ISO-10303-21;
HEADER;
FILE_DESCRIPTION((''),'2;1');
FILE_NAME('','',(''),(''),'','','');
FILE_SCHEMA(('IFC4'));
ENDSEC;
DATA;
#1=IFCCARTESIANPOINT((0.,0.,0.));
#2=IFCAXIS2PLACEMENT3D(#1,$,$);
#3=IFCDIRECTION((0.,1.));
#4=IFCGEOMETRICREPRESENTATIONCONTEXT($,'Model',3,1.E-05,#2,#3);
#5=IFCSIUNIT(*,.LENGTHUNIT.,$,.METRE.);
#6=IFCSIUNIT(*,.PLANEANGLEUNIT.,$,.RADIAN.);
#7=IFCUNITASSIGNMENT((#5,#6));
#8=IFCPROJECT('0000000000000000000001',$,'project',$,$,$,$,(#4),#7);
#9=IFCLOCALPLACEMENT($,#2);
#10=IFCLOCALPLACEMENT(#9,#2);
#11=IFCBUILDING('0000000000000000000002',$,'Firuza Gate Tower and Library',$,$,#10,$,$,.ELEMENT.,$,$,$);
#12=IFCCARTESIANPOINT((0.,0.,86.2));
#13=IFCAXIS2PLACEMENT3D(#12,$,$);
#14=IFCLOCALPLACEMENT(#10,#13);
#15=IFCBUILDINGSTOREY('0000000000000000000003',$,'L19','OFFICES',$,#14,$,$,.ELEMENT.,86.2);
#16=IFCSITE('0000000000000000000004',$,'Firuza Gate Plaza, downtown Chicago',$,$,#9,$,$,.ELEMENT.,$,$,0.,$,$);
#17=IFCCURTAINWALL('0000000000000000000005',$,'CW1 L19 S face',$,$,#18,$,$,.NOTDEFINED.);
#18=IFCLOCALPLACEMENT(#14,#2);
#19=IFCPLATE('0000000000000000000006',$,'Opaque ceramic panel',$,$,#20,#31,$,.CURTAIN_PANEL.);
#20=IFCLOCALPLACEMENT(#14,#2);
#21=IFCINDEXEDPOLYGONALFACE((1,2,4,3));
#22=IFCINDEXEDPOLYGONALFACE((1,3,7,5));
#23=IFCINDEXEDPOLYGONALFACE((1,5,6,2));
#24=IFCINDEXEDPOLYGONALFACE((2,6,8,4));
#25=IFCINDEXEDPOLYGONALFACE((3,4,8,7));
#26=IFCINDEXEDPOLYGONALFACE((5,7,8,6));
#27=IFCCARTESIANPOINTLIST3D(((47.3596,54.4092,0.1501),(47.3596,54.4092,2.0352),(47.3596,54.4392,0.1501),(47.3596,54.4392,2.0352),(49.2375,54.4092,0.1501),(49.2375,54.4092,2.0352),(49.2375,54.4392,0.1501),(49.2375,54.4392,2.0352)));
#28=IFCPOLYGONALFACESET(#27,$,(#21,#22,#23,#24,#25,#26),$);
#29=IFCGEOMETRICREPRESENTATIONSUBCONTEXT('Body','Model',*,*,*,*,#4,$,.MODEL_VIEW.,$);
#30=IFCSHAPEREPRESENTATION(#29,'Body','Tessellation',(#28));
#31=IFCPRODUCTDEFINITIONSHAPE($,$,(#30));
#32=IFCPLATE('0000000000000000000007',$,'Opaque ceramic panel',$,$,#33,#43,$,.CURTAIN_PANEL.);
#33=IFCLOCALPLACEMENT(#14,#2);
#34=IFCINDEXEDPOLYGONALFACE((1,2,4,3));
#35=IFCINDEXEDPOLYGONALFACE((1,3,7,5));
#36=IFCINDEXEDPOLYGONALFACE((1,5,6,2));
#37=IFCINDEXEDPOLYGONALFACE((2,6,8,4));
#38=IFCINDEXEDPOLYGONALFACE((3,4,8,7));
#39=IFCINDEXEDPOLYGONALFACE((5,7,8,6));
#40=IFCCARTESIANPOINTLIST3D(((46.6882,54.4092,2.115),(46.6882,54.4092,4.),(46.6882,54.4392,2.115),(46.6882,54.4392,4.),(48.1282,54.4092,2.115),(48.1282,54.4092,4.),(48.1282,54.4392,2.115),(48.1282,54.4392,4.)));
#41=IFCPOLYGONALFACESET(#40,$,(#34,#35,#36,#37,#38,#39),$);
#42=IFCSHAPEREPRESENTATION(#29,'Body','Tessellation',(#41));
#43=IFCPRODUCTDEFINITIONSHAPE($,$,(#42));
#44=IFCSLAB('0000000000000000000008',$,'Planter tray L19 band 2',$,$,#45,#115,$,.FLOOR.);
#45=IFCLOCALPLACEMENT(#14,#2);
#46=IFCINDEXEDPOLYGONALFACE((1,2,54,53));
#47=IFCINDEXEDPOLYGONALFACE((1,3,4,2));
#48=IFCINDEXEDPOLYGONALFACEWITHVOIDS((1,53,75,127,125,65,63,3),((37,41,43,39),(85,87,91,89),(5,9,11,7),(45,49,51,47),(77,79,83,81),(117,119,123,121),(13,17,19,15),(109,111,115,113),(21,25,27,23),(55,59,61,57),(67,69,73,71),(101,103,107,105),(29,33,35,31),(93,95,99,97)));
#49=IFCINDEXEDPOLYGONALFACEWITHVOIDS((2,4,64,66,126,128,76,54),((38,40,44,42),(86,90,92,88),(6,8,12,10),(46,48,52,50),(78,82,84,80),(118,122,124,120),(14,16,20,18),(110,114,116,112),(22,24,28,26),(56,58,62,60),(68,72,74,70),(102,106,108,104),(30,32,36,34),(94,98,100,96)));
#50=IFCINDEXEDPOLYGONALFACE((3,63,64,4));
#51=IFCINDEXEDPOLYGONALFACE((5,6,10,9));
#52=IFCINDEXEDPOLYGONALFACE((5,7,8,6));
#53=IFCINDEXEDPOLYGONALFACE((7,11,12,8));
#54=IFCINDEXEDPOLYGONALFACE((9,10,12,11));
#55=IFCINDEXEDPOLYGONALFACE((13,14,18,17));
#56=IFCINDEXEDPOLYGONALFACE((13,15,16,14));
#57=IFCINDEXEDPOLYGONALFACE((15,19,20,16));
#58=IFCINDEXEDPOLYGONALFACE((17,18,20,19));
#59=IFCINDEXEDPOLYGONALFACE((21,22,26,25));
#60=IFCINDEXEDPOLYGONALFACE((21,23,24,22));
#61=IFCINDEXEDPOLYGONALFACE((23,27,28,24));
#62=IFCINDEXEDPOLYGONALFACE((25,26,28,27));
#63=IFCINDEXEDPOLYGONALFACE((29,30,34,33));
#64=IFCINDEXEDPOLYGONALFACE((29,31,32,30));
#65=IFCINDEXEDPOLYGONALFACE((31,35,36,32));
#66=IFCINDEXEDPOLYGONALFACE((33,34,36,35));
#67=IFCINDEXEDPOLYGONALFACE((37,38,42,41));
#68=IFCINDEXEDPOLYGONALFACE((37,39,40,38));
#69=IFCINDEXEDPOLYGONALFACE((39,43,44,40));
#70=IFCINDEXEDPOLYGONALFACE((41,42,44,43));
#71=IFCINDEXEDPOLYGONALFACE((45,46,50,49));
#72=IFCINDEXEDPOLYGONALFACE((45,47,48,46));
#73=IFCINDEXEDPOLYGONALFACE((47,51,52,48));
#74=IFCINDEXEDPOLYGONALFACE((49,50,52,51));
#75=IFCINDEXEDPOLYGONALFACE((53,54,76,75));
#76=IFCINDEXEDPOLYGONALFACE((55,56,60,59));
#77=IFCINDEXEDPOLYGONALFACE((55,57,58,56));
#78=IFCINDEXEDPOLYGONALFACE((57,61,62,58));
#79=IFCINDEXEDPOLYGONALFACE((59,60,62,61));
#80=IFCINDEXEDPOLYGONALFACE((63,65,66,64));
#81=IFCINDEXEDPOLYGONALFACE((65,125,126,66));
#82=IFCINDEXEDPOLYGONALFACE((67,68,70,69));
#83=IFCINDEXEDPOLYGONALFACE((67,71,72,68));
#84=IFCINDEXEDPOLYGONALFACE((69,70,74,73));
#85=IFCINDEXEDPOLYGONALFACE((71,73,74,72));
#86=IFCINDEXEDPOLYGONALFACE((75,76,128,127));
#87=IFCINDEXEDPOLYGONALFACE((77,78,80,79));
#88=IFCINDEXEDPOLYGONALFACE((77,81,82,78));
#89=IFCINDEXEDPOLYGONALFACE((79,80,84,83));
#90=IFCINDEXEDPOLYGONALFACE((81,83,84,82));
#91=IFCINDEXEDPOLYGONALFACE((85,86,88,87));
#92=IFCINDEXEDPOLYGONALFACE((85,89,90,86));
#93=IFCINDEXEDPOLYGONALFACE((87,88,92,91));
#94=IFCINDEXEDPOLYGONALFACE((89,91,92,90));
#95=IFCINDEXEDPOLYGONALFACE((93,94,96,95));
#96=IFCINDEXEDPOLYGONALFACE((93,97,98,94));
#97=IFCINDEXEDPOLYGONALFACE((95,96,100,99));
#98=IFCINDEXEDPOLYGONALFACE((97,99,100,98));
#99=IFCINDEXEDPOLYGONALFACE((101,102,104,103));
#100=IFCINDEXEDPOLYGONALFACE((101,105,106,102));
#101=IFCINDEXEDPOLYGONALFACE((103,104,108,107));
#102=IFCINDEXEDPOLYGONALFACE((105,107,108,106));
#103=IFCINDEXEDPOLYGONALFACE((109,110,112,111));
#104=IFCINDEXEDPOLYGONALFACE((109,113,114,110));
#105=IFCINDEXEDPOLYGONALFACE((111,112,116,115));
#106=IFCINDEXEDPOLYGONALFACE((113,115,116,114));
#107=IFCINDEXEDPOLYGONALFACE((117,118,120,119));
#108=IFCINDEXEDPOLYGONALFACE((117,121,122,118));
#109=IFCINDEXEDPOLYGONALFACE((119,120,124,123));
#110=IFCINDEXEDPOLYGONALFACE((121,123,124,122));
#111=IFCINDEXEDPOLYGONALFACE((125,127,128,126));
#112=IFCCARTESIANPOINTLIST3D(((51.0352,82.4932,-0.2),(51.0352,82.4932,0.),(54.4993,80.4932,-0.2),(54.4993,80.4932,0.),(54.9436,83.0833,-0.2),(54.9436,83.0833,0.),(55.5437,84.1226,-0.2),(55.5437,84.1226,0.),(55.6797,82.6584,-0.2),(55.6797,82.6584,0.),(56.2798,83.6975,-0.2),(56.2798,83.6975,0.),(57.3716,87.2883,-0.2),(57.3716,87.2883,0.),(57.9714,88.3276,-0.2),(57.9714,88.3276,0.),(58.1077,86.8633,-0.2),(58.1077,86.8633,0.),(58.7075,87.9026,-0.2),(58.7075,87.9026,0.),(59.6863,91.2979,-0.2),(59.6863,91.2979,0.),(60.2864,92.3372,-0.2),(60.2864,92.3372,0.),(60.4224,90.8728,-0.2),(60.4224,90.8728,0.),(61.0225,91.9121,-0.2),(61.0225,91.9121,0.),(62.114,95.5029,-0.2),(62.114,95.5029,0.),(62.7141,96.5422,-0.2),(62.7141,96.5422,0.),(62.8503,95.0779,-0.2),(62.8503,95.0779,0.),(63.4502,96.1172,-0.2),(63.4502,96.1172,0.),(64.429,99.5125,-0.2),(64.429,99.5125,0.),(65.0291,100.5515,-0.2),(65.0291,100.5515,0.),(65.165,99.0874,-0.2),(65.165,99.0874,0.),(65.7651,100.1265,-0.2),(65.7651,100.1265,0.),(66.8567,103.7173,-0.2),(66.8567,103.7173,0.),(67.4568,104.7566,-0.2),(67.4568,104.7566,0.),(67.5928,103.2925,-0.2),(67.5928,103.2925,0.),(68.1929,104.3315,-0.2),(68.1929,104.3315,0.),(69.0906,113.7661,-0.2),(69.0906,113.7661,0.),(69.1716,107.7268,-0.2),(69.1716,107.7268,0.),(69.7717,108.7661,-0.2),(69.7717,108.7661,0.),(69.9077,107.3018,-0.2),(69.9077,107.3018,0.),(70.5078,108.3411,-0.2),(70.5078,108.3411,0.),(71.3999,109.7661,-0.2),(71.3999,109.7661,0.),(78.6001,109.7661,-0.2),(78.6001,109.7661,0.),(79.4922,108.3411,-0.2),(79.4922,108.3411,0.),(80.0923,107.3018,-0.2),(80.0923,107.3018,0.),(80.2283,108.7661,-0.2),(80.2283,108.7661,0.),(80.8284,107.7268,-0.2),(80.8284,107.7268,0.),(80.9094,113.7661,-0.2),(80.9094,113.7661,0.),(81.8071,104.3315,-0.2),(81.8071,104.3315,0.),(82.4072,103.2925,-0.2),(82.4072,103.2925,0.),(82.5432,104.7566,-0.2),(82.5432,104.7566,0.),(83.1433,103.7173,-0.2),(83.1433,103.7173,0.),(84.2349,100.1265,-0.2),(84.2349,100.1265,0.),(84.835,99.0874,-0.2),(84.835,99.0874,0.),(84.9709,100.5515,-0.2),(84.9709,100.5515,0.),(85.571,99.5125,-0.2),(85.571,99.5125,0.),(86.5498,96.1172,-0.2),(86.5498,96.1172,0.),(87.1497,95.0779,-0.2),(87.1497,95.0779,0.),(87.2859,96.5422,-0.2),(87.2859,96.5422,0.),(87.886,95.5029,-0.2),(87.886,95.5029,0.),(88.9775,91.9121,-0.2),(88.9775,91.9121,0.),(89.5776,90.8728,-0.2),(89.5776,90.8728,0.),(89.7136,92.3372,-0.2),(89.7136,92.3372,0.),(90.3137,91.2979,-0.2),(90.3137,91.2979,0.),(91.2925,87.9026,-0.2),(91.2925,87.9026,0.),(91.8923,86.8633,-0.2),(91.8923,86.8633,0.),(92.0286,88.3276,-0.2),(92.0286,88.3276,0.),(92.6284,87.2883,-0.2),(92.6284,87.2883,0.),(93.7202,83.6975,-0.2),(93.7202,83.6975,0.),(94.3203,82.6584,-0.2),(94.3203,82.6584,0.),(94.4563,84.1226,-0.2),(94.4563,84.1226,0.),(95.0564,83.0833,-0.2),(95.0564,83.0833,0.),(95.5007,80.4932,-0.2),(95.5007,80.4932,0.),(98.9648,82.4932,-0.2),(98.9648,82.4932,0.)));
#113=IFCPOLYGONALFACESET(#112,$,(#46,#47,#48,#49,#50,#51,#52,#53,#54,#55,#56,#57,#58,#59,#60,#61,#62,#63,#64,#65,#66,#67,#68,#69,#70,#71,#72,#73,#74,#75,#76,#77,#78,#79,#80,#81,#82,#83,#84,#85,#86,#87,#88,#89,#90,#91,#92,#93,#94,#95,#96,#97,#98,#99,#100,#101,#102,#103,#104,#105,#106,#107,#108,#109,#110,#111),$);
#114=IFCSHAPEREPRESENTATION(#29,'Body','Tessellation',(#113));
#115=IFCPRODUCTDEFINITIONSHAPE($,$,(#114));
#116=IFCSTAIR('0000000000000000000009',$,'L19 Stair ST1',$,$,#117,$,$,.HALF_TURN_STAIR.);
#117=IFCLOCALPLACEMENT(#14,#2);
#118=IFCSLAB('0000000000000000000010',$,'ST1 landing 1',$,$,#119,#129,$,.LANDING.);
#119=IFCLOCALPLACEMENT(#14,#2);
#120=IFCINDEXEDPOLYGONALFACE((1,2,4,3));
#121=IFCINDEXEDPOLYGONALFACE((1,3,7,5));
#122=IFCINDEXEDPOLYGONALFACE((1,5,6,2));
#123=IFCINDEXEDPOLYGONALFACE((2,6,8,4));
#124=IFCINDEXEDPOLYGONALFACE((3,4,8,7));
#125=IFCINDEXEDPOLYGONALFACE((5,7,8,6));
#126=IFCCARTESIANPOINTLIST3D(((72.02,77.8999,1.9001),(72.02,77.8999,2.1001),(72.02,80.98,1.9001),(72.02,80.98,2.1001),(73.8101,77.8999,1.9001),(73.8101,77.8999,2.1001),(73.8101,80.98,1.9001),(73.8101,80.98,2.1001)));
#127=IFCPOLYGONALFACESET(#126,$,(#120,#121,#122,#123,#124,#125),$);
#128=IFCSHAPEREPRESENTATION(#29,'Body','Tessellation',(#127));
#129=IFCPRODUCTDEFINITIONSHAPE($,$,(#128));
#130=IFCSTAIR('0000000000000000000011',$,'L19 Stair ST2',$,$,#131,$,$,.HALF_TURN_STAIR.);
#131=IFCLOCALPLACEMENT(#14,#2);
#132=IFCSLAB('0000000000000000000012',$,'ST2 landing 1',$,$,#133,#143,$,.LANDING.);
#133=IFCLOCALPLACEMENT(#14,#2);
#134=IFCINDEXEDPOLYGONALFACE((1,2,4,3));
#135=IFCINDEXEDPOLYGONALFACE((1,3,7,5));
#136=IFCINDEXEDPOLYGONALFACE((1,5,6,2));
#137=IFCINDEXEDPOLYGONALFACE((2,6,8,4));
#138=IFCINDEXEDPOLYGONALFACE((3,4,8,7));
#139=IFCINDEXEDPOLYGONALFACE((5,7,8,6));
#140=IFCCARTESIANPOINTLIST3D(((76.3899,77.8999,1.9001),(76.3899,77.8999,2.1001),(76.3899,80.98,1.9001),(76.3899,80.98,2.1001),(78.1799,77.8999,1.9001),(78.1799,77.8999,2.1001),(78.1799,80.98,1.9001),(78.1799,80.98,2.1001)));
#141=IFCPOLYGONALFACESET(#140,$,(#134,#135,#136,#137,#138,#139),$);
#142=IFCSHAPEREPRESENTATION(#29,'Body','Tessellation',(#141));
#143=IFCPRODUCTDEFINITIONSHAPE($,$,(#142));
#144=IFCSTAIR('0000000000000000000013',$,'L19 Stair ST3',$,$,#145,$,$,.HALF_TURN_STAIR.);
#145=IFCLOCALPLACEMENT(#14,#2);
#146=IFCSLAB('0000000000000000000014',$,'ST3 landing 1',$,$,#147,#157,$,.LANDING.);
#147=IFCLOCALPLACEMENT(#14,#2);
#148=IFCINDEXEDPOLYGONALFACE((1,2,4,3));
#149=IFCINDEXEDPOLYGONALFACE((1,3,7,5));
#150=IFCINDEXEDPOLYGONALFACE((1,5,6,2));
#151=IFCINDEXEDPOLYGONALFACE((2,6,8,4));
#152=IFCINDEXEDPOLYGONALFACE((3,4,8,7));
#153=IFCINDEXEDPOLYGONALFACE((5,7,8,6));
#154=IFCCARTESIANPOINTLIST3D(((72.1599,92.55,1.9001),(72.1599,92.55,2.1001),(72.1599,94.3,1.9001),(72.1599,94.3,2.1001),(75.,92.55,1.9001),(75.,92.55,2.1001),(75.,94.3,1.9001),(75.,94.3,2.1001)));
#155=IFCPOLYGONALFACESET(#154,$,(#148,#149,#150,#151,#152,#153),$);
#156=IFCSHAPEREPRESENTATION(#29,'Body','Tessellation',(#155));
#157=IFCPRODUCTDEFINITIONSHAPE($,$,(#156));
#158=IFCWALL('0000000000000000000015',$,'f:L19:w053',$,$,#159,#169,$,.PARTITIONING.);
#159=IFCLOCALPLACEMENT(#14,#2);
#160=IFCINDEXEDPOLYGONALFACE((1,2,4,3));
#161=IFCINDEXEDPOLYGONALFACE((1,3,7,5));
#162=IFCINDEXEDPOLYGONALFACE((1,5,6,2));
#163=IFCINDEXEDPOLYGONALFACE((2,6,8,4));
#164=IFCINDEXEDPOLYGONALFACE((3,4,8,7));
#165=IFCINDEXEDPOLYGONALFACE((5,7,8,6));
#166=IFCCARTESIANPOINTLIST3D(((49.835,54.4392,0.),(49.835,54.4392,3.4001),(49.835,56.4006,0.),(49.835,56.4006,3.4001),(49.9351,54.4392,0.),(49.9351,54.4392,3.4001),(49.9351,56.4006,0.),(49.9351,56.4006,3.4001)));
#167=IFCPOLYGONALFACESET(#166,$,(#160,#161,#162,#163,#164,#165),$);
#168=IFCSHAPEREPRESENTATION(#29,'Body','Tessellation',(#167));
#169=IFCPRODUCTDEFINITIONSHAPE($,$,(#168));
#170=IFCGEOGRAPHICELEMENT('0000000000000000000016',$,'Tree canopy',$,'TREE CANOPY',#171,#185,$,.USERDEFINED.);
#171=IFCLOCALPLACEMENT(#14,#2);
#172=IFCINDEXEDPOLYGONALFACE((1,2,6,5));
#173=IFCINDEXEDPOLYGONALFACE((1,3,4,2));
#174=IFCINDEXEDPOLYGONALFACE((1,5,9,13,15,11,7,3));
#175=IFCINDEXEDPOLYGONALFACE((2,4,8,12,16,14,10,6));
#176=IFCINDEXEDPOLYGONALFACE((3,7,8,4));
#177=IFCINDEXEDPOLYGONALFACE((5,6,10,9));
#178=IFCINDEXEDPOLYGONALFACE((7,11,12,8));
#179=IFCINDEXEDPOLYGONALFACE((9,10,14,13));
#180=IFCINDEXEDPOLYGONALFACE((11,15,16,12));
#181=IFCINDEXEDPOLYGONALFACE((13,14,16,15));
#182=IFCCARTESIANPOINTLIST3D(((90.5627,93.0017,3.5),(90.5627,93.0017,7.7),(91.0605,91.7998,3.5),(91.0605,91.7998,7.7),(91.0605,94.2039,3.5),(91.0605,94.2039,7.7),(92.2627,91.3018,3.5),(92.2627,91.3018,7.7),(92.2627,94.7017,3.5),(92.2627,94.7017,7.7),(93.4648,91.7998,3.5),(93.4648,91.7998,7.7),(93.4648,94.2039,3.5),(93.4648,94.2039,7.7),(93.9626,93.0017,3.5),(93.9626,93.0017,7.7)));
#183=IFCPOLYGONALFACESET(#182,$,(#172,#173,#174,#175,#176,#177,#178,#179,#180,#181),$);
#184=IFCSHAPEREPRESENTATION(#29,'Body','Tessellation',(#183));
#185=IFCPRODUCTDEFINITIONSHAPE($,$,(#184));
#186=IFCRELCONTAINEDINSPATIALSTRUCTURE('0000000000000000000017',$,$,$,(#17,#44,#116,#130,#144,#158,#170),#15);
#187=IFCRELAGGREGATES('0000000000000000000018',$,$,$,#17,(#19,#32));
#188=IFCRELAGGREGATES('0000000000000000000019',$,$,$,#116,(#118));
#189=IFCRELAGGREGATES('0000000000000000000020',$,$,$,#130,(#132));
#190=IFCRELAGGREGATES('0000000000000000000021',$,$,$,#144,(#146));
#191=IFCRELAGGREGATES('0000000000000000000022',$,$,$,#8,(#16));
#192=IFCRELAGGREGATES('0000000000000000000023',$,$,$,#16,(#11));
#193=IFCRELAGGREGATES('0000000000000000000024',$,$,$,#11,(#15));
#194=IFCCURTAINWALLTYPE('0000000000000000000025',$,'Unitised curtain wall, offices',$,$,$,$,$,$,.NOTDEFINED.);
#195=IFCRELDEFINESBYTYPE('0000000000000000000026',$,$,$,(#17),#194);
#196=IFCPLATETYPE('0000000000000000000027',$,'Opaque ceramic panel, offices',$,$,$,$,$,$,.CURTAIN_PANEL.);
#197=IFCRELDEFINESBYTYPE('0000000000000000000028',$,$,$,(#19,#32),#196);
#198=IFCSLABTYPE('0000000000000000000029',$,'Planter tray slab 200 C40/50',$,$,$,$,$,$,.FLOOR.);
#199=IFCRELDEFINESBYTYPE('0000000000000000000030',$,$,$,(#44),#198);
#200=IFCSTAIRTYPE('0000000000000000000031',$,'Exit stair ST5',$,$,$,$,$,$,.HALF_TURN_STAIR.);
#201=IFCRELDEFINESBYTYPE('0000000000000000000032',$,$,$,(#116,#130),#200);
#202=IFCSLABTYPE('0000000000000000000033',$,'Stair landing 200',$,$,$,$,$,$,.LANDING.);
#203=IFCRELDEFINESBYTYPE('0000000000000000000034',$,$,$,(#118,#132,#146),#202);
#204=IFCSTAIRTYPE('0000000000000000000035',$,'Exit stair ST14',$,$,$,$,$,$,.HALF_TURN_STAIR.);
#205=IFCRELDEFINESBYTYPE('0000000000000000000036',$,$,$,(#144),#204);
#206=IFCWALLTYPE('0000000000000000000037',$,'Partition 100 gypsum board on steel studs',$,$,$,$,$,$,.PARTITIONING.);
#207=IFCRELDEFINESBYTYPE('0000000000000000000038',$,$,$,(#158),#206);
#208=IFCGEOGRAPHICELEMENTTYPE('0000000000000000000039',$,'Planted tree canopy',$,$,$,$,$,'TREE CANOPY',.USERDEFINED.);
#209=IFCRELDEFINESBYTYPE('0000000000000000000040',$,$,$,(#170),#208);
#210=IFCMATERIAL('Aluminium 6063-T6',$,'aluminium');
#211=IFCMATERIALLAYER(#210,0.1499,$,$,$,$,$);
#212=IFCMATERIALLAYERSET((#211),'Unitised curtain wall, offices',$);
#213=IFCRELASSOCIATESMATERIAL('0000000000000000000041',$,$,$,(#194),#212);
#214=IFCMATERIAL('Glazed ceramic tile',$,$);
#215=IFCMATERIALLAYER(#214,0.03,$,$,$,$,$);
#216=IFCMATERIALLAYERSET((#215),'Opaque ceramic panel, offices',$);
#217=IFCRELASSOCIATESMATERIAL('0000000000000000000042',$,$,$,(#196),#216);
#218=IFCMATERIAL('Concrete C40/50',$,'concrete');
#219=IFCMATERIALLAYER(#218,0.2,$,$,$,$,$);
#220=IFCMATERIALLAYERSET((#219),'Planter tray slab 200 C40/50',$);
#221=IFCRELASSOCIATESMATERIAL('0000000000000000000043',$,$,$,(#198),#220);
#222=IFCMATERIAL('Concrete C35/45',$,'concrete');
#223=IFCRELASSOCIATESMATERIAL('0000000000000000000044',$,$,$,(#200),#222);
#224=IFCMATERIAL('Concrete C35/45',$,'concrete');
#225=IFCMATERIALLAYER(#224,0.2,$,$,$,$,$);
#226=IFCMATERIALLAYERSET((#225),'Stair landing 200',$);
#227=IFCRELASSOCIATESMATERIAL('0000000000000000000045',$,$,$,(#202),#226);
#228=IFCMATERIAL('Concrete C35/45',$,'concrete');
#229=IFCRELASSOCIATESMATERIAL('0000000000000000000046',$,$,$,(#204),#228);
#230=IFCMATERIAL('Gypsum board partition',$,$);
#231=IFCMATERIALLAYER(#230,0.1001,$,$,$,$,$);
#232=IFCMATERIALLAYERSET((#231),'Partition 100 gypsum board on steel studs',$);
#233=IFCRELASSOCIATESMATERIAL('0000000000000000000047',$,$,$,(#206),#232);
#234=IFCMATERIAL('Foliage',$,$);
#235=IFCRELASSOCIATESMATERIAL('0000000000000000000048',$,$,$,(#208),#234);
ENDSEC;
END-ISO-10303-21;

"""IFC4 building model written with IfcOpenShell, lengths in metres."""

from ifc_helpers import new_model, si_unit, direction, frame, frame_2d, origin, place, context, subcontext, project, spatial, polyline, rectangle, outline, extrude, material, layer, layer_set, type_object, element, aggregate, save


model = new_model("IFC4")

# Units and contexts
model_context = context("Model", 3, precision=1e-05, world=origin(), true_north=direction((0.0, 1.0)))
body_context = subcontext(model_context, "Body", "Model", "MODEL_VIEW")
ifc_project = project(units=[si_unit("LENGTHUNIT", "METRE"), si_unit("PLANEANGLEUNIT", "RADIAN")], contexts=[model_context])

# Site, building, storey
site_placement = place(None, origin())
site = spatial("IfcSite", under=ifc_project, at=site_placement, Name="Firuza Gate Plaza, downtown Chicago", CompositionType="ELEMENT", RefElevation=0.0)
building_placement = place(site_placement, origin())
building = spatial("IfcBuilding", under=site, at=building_placement, Name="Firuza Gate Tower and Library", CompositionType="ELEMENT")
storey_placement = place(building_placement, frame((0.0, 0.0, 86.2)))
storey = spatial("IfcBuildingStorey", under=building, at=storey_placement, Name="L19", Description="OFFICES", CompositionType="ELEMENT", Elevation=86.2)

# Curtain wall
ifc_material_1 = material(Name="Aluminium 6063-T6", Category="aluminium")
ifc_layer_1 = layer(ifc_material_1, 0.1499)
ifc_layer_set_1 = layer_set([ifc_layer_1], Name="Unitised curtain wall, offices")
curtain_wall_type_1 = type_object("IfcCurtainWallType", Name="Unitised curtain wall, offices", PredefinedType="NOTDEFINED", material=ifc_layer_set_1)
placement_1 = place(storey_placement, origin())
curtain_wall_1 = element("IfcCurtainWall", 1, at=placement_1, inside=storey, type_object=curtain_wall_type_1, Name="CW1 L19 S face", PredefinedType="NOTDEFINED")

# Shared definitions
placement_2 = place(storey_placement, frame((0.0, 0.0, -0.2)))

# Plates
ifc_material_2 = material(Name="Glazed ceramic tile")
ifc_layer_2 = layer(ifc_material_2, 0.03)
ifc_layer_set_2 = layer_set([ifc_layer_2], Name="Opaque ceramic panel, offices")
plate_type_1 = type_object("IfcPlateType", Name="Opaque ceramic panel, offices", PredefinedType="CURTAIN_PANEL", material=ifc_layer_set_2)
plate_1_placement = place(storey_placement, frame((47.3596, 54.4092, 0.1501), z_axis=(0.0, -1.0, 0.0), x_axis=(1.0, 0.0, 0.0)))
plate_1 = element("IfcPlate", 2, at=plate_1_placement, type_object=plate_type_1, Name="Opaque ceramic panel", PredefinedType="CURTAIN_PANEL", context=body_context, shape_type="SweptSolid", body=[
    extrude(outline(polyline([(0.0, 0.0), (1.8779, 0.0), (1.8779, 1.885), (0.0, 1.885), (0.0, 0.0)])), origin(), (0.0, 0.0, -1.0), 0.03),
])
plate_2_placement = place(storey_placement, frame((46.6882, 54.4092, 2.115), z_axis=(0.0, -1.0, 0.0), x_axis=(1.0, 0.0, 0.0)))
plate_2 = element("IfcPlate", 3, at=plate_2_placement, type_object=plate_type_1, Name="Opaque ceramic panel", PredefinedType="CURTAIN_PANEL", context=body_context, shape_type="SweptSolid", body=[
    extrude(outline(polyline([(0.0, 0.0), (1.4399, 0.0), (1.4399, 1.885), (0.0, 1.885), (0.0, 0.0)])), origin(), (0.0, 0.0, -1.0), 0.03),
])
aggregate(curtain_wall_1, [plate_1, plate_2])

# Slab
ifc_material_3 = material(Name="Concrete C40/50", Category="concrete")
ifc_layer_3 = layer(ifc_material_3, 0.2)
ifc_layer_set_3 = layer_set([ifc_layer_3], Name="Planter tray slab 200 C40/50")
slab_type_1 = type_object("IfcSlabType", Name="Planter tray slab 200 C40/50", PredefinedType="FLOOR", material=ifc_layer_set_3)
element("IfcSlab", 4, at=placement_2, inside=storey, type_object=slab_type_1, Name="Planter tray L19 band 2", PredefinedType="FLOOR", context=body_context, shape_type="SweptSolid", body=[
    extrude(outline(polyline([(95.5007, 80.4932), (98.9648, 82.4932), (80.9094, 113.7661), (69.0906, 113.7661), (51.0352, 82.4932), (54.4993, 80.4932), (71.3999, 109.7661), (78.6001, 109.7661), (95.5007, 80.4932)]), holes=[polyline([(55.5437, 84.1226), (56.2798, 83.6975), (55.6797, 82.6584), (54.9436, 83.0833), (55.5437, 84.1226)]), polyline([(57.9714, 88.3276), (58.7075, 87.9026), (58.1077, 86.8633), (57.3716, 87.2883), (57.9714, 88.3276)]), polyline([(60.2864, 92.3372), (61.0225, 91.9121), (60.4224, 90.8728), (59.6863, 91.2979), (60.2864, 92.3372)]), polyline([(62.7141, 96.5422), (63.4502, 96.1172), (62.8503, 95.0779), (62.114, 95.5029), (62.7141, 96.5422)]), polyline([(65.0291, 100.5515), (65.7651, 100.1265), (65.165, 99.0874), (64.429, 99.5125), (65.0291, 100.5515)]), polyline([(68.1929, 104.3315), (67.5928, 103.2925), (66.8567, 103.7173), (67.4568, 104.7566), (68.1929, 104.3315)]), polyline([(70.5078, 108.3411), (69.9077, 107.3018), (69.1716, 107.7268), (69.7717, 108.7661), (70.5078, 108.3411)]), polyline([(95.0564, 83.0833), (94.3203, 82.6584), (93.7202, 83.6975), (94.4563, 84.1226), (95.0564, 83.0833)]), polyline([(92.6284, 87.2883), (91.8923, 86.8633), (91.2925, 87.9026), (92.0286, 88.3276), (92.6284, 87.2883)]), polyline([(90.3137, 91.2979), (89.5776, 90.8728), (88.9775, 91.9121), (89.7136, 92.3372), (90.3137, 91.2979)]), polyline([(87.886, 95.5029), (87.1497, 95.0779), (86.5498, 96.1172), (87.2859, 96.5422), (87.886, 95.5029)]), polyline([(85.571, 99.5125), (84.835, 99.0874), (84.2349, 100.1265), (84.9709, 100.5515), (85.571, 99.5125)]), polyline([(82.4072, 103.2925), (81.8071, 104.3315), (82.5432, 104.7566), (83.1433, 103.7173), (82.4072, 103.2925)]), polyline([(80.0923, 107.3018), (79.4922, 108.3411), (80.2283, 108.7661), (80.8284, 107.7268), (80.0923, 107.3018)])]), origin(), (0.0, 0.0, 1.0), 0.2),
])

# Stairs, slabs
ifc_material_4 = material(Name="Concrete C35/45", Category="concrete")
stair_type_1 = type_object("IfcStairType", Name="Exit stair ST5", PredefinedType="HALF_TURN_STAIR", material=ifc_material_4)
stair_1 = element("IfcStair", 5, at=placement_1, inside=storey, type_object=stair_type_1, Name="L19 Stair ST1", PredefinedType="HALF_TURN_STAIR")
ifc_material_5 = material(Name="Concrete C35/45", Category="concrete")
ifc_layer_4 = layer(ifc_material_5, 0.2)
ifc_layer_set_4 = layer_set([ifc_layer_4], Name="Stair landing 200")
slab_type_2 = type_object("IfcSlabType", Name="Stair landing 200", PredefinedType="LANDING", material=ifc_layer_set_4)
placement_3 = place(storey_placement, frame((0.0, 0.0, 1.9001)))
slab_1 = element("IfcSlab", 6, at=placement_3, type_object=slab_type_2, Name="ST1 landing 1", PredefinedType="LANDING", context=body_context, shape_type="SweptSolid", body=[
    extrude(outline(polyline([(72.02, 77.8999), (73.8101, 77.8999), (73.8101, 80.98), (72.02, 80.98), (72.02, 77.8999)])), origin(), (0.0, 0.0, 1.0), 0.2),
])
aggregate(stair_1, [slab_1])
stair_2 = element("IfcStair", 7, at=placement_1, inside=storey, type_object=stair_type_1, Name="L19 Stair ST2", PredefinedType="HALF_TURN_STAIR")
slab_2 = element("IfcSlab", 8, at=placement_3, type_object=slab_type_2, Name="ST2 landing 1", PredefinedType="LANDING", context=body_context, shape_type="SweptSolid", body=[
    extrude(outline(polyline([(78.1799, 80.98), (76.3899, 80.98), (76.3899, 77.8999), (78.1799, 77.8999), (78.1799, 80.98)])), origin(), (0.0, 0.0, 1.0), 0.2),
])
aggregate(stair_2, [slab_2])
ifc_material_6 = material(Name="Concrete C35/45", Category="concrete")
stair_type_2 = type_object("IfcStairType", Name="Exit stair ST14", PredefinedType="HALF_TURN_STAIR", material=ifc_material_6)
stair_3 = element("IfcStair", 9, at=placement_1, inside=storey, type_object=stair_type_2, Name="L19 Stair ST3", PredefinedType="HALF_TURN_STAIR")
slab_3 = element("IfcSlab", 10, at=placement_3, type_object=slab_type_2, Name="ST3 landing 1", PredefinedType="LANDING", context=body_context, shape_type="SweptSolid", body=[
    extrude(outline(polyline([(75.0, 92.55), (75.0, 94.3), (72.1599, 94.3), (72.1599, 92.55), (75.0, 92.55)])), origin(), (0.0, 0.0, 1.0), 0.2),
])
aggregate(stair_3, [slab_3])

# Wall
ifc_material_7 = material(Name="Gypsum board partition")
ifc_layer_5 = layer(ifc_material_7, 0.1001)
ifc_layer_set_5 = layer_set([ifc_layer_5], Name="Partition 100 gypsum board on steel studs")
wall_type = type_object("IfcWallType", Name="Partition 100 gypsum board on steel studs", PredefinedType="PARTITIONING", material=ifc_layer_set_5)
wall_placement = place(storey_placement, frame((49.885, 54.4392, 0.0), z_axis=(0.0, 0.0, 1.0), x_axis=(0.0, 1.0, 0.0)))
element("IfcWall", 11, at=wall_placement, inside=storey, type_object=wall_type, Name="f:L19:w053", PredefinedType="PARTITIONING", context=body_context, shape_type="SweptSolid", body=[
    extrude(rectangle(XDim=1.9614, YDim=0.1001, at=frame_2d((0.9807, 0.0))), origin(), (0.0, 0.0, 1.0), 3.4001),
])

# Geographic element
ifc_material_8 = material(Name="Foliage")
geographic_element_type = type_object("IfcGeographicElementType", Name="Planted tree canopy", ElementType="TREE CANOPY", PredefinedType="USERDEFINED", material=ifc_material_8)
placement_4 = place(storey_placement, frame((0.0, 0.0, 3.5)))
element("IfcGeographicElement", 12, at=placement_4, inside=storey, type_object=geographic_element_type, Name="Tree canopy", ObjectType="TREE CANOPY", PredefinedType="USERDEFINED", context=body_context, shape_type="SweptSolid", body=[
    extrude(outline(polyline([(93.9626, 93.0017), (93.4648, 94.2039), (92.2627, 94.7017), (91.0605, 94.2039), (90.5627, 93.0017), (91.0605, 91.7998), (92.2627, 91.3018), (93.4648, 91.7998), (93.9626, 93.0017)])), origin(), (0.0, 0.0, 1.0), 4.2),
])

save(model, "model.ifc")
